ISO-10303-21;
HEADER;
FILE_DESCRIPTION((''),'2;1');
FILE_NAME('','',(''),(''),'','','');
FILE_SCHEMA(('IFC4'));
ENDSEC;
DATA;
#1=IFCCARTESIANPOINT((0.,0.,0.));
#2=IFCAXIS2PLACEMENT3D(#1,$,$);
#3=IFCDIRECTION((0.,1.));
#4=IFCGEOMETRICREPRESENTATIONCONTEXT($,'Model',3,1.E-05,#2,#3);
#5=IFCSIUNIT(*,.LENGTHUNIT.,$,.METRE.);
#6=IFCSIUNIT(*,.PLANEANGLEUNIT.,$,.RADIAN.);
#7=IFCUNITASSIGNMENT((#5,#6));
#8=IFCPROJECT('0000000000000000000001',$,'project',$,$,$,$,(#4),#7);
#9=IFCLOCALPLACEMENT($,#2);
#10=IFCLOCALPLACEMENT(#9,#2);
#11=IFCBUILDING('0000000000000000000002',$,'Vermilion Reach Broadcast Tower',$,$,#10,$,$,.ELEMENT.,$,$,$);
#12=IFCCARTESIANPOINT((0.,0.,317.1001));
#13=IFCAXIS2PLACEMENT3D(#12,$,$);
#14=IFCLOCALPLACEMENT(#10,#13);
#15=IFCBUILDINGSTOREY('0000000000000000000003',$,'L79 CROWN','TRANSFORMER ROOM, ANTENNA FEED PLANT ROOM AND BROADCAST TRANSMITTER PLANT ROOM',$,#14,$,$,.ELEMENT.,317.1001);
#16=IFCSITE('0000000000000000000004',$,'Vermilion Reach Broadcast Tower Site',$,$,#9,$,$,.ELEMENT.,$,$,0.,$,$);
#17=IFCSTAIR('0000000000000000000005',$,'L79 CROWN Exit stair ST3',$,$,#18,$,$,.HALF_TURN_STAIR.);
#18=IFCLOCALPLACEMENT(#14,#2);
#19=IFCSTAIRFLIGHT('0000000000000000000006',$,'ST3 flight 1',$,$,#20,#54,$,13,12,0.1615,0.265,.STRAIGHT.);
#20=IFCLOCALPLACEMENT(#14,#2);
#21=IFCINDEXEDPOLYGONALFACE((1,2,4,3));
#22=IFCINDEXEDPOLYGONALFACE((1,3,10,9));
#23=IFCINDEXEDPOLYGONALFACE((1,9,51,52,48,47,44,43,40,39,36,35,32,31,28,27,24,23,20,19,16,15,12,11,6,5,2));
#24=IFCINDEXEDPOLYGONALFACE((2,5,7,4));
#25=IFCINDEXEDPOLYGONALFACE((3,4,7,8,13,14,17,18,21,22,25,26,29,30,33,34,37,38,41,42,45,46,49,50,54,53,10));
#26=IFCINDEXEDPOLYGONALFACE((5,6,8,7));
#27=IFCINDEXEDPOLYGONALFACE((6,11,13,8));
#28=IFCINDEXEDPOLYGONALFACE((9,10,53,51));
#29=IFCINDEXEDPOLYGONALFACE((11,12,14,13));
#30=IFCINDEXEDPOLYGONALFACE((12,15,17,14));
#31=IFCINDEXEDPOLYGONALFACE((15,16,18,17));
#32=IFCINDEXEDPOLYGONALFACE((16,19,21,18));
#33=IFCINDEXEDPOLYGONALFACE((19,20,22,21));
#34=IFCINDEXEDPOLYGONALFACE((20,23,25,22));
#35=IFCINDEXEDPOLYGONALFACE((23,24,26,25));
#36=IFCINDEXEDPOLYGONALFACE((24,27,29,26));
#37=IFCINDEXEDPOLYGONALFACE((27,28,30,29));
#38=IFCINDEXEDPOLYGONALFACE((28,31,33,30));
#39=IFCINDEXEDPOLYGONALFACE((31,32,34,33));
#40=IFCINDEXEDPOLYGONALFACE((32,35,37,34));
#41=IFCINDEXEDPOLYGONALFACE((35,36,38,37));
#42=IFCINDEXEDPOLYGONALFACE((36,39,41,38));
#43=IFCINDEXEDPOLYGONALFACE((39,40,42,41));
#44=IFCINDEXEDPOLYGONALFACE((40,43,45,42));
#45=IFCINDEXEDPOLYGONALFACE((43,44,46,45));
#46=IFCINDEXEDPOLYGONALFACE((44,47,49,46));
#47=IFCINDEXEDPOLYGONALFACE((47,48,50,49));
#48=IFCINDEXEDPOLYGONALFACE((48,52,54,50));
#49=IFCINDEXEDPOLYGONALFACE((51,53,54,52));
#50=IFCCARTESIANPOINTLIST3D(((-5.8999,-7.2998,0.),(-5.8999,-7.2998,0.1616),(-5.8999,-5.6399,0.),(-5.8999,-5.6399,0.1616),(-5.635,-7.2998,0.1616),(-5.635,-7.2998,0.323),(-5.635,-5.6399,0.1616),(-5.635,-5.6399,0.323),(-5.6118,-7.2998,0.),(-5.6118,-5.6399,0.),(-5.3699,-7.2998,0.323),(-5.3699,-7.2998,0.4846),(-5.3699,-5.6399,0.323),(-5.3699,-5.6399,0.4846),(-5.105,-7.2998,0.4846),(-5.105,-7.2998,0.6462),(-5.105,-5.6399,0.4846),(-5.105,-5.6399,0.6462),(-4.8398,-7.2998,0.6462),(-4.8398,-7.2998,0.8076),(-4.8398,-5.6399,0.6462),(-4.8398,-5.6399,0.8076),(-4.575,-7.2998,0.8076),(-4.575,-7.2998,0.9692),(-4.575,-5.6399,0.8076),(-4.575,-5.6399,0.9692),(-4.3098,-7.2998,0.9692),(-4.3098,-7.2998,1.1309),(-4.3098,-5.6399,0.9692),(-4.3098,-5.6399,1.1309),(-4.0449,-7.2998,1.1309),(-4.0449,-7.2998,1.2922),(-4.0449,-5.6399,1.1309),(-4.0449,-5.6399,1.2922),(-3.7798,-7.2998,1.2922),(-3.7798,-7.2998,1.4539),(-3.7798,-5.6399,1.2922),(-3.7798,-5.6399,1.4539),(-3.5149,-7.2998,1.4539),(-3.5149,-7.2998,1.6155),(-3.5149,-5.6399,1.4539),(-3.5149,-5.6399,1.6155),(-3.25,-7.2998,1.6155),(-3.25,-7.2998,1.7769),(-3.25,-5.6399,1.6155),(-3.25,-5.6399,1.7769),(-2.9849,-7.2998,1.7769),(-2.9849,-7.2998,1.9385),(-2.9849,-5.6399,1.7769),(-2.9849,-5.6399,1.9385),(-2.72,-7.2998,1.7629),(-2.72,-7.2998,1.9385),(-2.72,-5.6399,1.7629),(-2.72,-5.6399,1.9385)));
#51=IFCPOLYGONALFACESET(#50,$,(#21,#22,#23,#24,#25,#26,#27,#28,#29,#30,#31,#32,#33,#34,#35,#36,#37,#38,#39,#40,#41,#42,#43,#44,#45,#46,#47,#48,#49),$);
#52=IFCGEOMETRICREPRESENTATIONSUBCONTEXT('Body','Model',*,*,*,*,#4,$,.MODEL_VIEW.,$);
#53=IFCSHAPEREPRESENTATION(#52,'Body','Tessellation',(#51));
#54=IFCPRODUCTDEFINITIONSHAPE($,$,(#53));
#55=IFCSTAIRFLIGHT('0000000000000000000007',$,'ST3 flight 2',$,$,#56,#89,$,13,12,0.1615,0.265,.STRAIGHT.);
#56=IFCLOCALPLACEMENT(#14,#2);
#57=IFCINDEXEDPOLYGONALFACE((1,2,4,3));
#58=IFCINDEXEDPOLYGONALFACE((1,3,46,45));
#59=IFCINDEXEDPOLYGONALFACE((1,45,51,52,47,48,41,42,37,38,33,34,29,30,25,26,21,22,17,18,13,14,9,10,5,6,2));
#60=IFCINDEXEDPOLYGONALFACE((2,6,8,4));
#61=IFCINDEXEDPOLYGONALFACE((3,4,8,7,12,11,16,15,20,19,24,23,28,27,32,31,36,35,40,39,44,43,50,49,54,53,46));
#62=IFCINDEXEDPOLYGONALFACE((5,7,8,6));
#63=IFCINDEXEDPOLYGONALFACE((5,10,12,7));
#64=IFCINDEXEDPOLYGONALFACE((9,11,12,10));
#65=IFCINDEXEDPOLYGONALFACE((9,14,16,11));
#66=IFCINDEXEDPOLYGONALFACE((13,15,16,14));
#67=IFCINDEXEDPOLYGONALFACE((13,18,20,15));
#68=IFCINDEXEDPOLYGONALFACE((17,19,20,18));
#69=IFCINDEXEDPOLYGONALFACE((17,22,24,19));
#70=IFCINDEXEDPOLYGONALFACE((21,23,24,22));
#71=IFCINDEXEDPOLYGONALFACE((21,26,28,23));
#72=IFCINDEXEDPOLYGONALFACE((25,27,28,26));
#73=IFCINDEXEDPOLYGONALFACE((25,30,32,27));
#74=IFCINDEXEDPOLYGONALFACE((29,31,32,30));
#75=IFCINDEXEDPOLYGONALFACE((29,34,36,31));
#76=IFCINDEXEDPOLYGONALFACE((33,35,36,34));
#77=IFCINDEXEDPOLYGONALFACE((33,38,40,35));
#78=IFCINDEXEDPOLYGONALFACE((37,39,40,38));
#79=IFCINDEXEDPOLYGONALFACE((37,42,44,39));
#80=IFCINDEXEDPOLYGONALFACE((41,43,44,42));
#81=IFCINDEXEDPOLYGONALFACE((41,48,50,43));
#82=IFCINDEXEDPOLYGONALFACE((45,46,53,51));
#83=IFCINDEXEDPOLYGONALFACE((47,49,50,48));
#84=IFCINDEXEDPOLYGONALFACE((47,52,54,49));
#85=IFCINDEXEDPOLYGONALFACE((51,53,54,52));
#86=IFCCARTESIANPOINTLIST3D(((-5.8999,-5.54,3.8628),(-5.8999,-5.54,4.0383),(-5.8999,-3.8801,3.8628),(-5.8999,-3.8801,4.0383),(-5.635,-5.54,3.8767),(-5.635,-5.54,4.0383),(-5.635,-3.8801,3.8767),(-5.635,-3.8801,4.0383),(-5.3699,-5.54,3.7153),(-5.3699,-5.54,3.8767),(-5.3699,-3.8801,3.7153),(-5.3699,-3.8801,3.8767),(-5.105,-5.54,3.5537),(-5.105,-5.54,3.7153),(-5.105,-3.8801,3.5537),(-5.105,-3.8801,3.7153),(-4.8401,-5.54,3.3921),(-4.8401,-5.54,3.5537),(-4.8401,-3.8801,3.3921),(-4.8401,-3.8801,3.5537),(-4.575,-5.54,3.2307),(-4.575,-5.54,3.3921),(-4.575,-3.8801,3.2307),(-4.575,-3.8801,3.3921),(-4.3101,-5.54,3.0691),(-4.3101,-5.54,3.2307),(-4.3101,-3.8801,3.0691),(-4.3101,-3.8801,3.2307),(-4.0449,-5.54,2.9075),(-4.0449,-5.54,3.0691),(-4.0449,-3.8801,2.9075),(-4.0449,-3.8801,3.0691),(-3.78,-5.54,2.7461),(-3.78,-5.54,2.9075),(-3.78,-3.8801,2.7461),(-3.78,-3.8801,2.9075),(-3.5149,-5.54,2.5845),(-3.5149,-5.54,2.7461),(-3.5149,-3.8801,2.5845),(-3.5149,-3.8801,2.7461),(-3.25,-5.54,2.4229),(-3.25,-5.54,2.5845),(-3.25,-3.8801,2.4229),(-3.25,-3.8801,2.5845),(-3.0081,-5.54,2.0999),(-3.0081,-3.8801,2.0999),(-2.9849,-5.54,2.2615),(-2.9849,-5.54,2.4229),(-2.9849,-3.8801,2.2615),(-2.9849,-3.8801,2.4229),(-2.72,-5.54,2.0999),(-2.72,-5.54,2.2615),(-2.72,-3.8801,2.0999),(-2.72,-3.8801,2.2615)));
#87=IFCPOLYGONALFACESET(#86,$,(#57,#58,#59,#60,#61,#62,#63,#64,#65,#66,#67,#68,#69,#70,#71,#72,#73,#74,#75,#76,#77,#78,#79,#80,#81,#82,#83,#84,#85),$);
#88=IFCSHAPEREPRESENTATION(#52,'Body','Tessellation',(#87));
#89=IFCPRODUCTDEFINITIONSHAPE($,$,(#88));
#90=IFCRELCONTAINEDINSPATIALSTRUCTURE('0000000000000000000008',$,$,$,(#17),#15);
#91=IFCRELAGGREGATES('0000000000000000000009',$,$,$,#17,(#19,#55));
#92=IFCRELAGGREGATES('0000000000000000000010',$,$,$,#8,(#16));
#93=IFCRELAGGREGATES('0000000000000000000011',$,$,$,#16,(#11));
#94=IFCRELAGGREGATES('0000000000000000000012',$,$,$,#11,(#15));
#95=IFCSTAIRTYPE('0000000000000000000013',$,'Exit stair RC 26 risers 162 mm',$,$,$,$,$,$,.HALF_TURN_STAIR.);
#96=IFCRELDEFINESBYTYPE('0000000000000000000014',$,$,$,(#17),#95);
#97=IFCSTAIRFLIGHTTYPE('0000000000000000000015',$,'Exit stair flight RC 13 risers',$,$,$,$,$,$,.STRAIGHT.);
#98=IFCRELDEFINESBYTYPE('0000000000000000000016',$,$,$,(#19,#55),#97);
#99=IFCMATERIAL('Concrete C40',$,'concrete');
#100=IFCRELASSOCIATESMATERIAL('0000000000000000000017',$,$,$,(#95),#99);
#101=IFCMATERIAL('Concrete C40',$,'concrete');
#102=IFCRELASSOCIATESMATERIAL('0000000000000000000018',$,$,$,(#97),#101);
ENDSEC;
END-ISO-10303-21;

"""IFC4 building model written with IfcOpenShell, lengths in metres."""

from ifc_helpers import new_model, si_unit, direction, frame, origin, place, context, subcontext, project, spatial, polyline, outline, extrude, material, type_object, element, aggregate, save


model = new_model("IFC4")

# Units and contexts
model_context = context("Model", 3, precision=1e-05, world=origin(), true_north=direction((0.0, 1.0)))
body_context = subcontext(model_context, "Body", "Model", "MODEL_VIEW")
ifc_project = project(units=[si_unit("LENGTHUNIT", "METRE"), si_unit("PLANEANGLEUNIT", "RADIAN")], contexts=[model_context])

# Site, building, storey
site_placement = place(None, origin())
site = spatial("IfcSite", under=ifc_project, at=site_placement, Name="Vermilion Reach Broadcast Tower Site", CompositionType="ELEMENT", RefElevation=0.0)
building_placement = place(site_placement, origin())
building = spatial("IfcBuilding", under=site, at=building_placement, Name="Vermilion Reach Broadcast Tower", CompositionType="ELEMENT")
storey_placement = place(building_placement, frame((0.0, 0.0, 317.1001)))
storey = spatial("IfcBuildingStorey", under=building, at=storey_placement, Name="L79 CROWN", Description="TRANSFORMER ROOM, ANTENNA FEED PLANT ROOM AND BROADCAST TRANSMITTER PLANT ROOM", CompositionType="ELEMENT", Elevation=317.1001)

# Shared definitions
ifc_material_1 = material(Name="Concrete C40", Category="concrete")
stair_type = type_object("IfcStairType", Name="Exit stair RC 26 risers 162 mm", PredefinedType="HALF_TURN_STAIR", material=ifc_material_1)
placement = place(storey_placement, origin())

# Stair, stair flights
stair_1 = element("IfcStair", 1, at=placement, inside=storey, type_object=stair_type, Name="L79 CROWN Exit stair ST3", PredefinedType="HALF_TURN_STAIR")
ifc_material_2 = material(Name="Concrete C40", Category="concrete")
stair_flight_type = type_object("IfcStairFlightType", Name="Exit stair flight RC 13 risers", PredefinedType="STRAIGHT", material=ifc_material_2)
stair_flight_1_placement = place(storey_placement, frame((-5.8999, -6.47, 0.0), z_axis=(0.0, 0.0, 1.0), x_axis=(1.0, 0.0, 0.0)))
stair_flight_1 = element("IfcStairFlight", 2, at=stair_flight_1_placement, type_object=stair_flight_type, Name="ST3 flight 1", NumberOfRisers=13, NumberOfTreads=12, PredefinedType="STRAIGHT", RiserHeight=0.1615, TreadLength=0.265, context=body_context, shape_type="SweptSolid", body=[
    extrude(outline(polyline([(0.0, 0.0), (0.0, 0.1616), (0.2649, 0.1616), (0.2649, 0.323), (0.53, 0.323), (0.53, 0.4846), (0.7949, 0.4846), (0.7949, 0.6462), (1.0601, 0.6462), (1.0601, 0.8076), (1.325, 0.8076), (1.325, 0.9692), (1.5901, 0.9692), (1.5901, 1.1309), (1.855, 1.1309), (1.855, 1.2922), (2.1201, 1.2922), (2.1201, 1.4539), (2.385, 1.4539), (2.385, 1.6155), (2.6499, 1.6155), (2.6499, 1.7769), (2.915, 1.7769), (2.915, 1.9385), (3.1799, 1.9385), (3.1799, 2.1001), (3.1799, 1.7629), (0.2881, 0.0), (0.0, 0.0)])), frame((0.0, 0.8301, 0.0), z_axis=(0.0, -1.0, 0.0), x_axis=(1.0, 0.0, 0.0)), (0.0, 0.0, 1.0), 1.6599),
])
stair_flight_2_placement = place(storey_placement, frame((-2.72, -4.71, 2.0999), z_axis=(0.0, 0.0, 1.0), x_axis=(-1.0, 0.0, 0.0)))
stair_flight_2 = element("IfcStairFlight", 3, at=stair_flight_2_placement, type_object=stair_flight_type, Name="ST3 flight 2", NumberOfRisers=13, NumberOfTreads=12, PredefinedType="STRAIGHT", RiserHeight=0.1615, TreadLength=0.265, context=body_context, shape_type="SweptSolid", body=[
    extrude(outline(polyline([(0.0, 0.0), (0.0, 0.1616), (0.2649, 0.1616), (0.2649, 0.323), (0.53, 0.323), (0.53, 0.4846), (0.7949, 0.4846), (0.7949, 0.6462), (1.0601, 0.6462), (1.0601, 0.8076), (1.325, 0.8076), (1.325, 0.9692), (1.5901, 0.9692), (1.5901, 1.1309), (1.855, 1.1309), (1.855, 1.2922), (2.1201, 1.2922), (2.1201, 1.4539), (2.385, 1.4539), (2.385, 1.6155), (2.6499, 1.6155), (2.6499, 1.7769), (2.915, 1.7769), (2.915, 1.9385), (3.1799, 1.9385), (3.1799, 2.1001), (3.1799, 1.7629), (0.2881, 0.0), (0.0, 0.0)])), frame((0.0, 0.8301, 0.0), z_axis=(0.0, -1.0, 0.0), x_axis=(1.0, 0.0, 0.0)), (0.0, 0.0, 1.0), 1.6599),
])
aggregate(stair_1, [stair_flight_1, stair_flight_2])

save(model, "model.ifc")
